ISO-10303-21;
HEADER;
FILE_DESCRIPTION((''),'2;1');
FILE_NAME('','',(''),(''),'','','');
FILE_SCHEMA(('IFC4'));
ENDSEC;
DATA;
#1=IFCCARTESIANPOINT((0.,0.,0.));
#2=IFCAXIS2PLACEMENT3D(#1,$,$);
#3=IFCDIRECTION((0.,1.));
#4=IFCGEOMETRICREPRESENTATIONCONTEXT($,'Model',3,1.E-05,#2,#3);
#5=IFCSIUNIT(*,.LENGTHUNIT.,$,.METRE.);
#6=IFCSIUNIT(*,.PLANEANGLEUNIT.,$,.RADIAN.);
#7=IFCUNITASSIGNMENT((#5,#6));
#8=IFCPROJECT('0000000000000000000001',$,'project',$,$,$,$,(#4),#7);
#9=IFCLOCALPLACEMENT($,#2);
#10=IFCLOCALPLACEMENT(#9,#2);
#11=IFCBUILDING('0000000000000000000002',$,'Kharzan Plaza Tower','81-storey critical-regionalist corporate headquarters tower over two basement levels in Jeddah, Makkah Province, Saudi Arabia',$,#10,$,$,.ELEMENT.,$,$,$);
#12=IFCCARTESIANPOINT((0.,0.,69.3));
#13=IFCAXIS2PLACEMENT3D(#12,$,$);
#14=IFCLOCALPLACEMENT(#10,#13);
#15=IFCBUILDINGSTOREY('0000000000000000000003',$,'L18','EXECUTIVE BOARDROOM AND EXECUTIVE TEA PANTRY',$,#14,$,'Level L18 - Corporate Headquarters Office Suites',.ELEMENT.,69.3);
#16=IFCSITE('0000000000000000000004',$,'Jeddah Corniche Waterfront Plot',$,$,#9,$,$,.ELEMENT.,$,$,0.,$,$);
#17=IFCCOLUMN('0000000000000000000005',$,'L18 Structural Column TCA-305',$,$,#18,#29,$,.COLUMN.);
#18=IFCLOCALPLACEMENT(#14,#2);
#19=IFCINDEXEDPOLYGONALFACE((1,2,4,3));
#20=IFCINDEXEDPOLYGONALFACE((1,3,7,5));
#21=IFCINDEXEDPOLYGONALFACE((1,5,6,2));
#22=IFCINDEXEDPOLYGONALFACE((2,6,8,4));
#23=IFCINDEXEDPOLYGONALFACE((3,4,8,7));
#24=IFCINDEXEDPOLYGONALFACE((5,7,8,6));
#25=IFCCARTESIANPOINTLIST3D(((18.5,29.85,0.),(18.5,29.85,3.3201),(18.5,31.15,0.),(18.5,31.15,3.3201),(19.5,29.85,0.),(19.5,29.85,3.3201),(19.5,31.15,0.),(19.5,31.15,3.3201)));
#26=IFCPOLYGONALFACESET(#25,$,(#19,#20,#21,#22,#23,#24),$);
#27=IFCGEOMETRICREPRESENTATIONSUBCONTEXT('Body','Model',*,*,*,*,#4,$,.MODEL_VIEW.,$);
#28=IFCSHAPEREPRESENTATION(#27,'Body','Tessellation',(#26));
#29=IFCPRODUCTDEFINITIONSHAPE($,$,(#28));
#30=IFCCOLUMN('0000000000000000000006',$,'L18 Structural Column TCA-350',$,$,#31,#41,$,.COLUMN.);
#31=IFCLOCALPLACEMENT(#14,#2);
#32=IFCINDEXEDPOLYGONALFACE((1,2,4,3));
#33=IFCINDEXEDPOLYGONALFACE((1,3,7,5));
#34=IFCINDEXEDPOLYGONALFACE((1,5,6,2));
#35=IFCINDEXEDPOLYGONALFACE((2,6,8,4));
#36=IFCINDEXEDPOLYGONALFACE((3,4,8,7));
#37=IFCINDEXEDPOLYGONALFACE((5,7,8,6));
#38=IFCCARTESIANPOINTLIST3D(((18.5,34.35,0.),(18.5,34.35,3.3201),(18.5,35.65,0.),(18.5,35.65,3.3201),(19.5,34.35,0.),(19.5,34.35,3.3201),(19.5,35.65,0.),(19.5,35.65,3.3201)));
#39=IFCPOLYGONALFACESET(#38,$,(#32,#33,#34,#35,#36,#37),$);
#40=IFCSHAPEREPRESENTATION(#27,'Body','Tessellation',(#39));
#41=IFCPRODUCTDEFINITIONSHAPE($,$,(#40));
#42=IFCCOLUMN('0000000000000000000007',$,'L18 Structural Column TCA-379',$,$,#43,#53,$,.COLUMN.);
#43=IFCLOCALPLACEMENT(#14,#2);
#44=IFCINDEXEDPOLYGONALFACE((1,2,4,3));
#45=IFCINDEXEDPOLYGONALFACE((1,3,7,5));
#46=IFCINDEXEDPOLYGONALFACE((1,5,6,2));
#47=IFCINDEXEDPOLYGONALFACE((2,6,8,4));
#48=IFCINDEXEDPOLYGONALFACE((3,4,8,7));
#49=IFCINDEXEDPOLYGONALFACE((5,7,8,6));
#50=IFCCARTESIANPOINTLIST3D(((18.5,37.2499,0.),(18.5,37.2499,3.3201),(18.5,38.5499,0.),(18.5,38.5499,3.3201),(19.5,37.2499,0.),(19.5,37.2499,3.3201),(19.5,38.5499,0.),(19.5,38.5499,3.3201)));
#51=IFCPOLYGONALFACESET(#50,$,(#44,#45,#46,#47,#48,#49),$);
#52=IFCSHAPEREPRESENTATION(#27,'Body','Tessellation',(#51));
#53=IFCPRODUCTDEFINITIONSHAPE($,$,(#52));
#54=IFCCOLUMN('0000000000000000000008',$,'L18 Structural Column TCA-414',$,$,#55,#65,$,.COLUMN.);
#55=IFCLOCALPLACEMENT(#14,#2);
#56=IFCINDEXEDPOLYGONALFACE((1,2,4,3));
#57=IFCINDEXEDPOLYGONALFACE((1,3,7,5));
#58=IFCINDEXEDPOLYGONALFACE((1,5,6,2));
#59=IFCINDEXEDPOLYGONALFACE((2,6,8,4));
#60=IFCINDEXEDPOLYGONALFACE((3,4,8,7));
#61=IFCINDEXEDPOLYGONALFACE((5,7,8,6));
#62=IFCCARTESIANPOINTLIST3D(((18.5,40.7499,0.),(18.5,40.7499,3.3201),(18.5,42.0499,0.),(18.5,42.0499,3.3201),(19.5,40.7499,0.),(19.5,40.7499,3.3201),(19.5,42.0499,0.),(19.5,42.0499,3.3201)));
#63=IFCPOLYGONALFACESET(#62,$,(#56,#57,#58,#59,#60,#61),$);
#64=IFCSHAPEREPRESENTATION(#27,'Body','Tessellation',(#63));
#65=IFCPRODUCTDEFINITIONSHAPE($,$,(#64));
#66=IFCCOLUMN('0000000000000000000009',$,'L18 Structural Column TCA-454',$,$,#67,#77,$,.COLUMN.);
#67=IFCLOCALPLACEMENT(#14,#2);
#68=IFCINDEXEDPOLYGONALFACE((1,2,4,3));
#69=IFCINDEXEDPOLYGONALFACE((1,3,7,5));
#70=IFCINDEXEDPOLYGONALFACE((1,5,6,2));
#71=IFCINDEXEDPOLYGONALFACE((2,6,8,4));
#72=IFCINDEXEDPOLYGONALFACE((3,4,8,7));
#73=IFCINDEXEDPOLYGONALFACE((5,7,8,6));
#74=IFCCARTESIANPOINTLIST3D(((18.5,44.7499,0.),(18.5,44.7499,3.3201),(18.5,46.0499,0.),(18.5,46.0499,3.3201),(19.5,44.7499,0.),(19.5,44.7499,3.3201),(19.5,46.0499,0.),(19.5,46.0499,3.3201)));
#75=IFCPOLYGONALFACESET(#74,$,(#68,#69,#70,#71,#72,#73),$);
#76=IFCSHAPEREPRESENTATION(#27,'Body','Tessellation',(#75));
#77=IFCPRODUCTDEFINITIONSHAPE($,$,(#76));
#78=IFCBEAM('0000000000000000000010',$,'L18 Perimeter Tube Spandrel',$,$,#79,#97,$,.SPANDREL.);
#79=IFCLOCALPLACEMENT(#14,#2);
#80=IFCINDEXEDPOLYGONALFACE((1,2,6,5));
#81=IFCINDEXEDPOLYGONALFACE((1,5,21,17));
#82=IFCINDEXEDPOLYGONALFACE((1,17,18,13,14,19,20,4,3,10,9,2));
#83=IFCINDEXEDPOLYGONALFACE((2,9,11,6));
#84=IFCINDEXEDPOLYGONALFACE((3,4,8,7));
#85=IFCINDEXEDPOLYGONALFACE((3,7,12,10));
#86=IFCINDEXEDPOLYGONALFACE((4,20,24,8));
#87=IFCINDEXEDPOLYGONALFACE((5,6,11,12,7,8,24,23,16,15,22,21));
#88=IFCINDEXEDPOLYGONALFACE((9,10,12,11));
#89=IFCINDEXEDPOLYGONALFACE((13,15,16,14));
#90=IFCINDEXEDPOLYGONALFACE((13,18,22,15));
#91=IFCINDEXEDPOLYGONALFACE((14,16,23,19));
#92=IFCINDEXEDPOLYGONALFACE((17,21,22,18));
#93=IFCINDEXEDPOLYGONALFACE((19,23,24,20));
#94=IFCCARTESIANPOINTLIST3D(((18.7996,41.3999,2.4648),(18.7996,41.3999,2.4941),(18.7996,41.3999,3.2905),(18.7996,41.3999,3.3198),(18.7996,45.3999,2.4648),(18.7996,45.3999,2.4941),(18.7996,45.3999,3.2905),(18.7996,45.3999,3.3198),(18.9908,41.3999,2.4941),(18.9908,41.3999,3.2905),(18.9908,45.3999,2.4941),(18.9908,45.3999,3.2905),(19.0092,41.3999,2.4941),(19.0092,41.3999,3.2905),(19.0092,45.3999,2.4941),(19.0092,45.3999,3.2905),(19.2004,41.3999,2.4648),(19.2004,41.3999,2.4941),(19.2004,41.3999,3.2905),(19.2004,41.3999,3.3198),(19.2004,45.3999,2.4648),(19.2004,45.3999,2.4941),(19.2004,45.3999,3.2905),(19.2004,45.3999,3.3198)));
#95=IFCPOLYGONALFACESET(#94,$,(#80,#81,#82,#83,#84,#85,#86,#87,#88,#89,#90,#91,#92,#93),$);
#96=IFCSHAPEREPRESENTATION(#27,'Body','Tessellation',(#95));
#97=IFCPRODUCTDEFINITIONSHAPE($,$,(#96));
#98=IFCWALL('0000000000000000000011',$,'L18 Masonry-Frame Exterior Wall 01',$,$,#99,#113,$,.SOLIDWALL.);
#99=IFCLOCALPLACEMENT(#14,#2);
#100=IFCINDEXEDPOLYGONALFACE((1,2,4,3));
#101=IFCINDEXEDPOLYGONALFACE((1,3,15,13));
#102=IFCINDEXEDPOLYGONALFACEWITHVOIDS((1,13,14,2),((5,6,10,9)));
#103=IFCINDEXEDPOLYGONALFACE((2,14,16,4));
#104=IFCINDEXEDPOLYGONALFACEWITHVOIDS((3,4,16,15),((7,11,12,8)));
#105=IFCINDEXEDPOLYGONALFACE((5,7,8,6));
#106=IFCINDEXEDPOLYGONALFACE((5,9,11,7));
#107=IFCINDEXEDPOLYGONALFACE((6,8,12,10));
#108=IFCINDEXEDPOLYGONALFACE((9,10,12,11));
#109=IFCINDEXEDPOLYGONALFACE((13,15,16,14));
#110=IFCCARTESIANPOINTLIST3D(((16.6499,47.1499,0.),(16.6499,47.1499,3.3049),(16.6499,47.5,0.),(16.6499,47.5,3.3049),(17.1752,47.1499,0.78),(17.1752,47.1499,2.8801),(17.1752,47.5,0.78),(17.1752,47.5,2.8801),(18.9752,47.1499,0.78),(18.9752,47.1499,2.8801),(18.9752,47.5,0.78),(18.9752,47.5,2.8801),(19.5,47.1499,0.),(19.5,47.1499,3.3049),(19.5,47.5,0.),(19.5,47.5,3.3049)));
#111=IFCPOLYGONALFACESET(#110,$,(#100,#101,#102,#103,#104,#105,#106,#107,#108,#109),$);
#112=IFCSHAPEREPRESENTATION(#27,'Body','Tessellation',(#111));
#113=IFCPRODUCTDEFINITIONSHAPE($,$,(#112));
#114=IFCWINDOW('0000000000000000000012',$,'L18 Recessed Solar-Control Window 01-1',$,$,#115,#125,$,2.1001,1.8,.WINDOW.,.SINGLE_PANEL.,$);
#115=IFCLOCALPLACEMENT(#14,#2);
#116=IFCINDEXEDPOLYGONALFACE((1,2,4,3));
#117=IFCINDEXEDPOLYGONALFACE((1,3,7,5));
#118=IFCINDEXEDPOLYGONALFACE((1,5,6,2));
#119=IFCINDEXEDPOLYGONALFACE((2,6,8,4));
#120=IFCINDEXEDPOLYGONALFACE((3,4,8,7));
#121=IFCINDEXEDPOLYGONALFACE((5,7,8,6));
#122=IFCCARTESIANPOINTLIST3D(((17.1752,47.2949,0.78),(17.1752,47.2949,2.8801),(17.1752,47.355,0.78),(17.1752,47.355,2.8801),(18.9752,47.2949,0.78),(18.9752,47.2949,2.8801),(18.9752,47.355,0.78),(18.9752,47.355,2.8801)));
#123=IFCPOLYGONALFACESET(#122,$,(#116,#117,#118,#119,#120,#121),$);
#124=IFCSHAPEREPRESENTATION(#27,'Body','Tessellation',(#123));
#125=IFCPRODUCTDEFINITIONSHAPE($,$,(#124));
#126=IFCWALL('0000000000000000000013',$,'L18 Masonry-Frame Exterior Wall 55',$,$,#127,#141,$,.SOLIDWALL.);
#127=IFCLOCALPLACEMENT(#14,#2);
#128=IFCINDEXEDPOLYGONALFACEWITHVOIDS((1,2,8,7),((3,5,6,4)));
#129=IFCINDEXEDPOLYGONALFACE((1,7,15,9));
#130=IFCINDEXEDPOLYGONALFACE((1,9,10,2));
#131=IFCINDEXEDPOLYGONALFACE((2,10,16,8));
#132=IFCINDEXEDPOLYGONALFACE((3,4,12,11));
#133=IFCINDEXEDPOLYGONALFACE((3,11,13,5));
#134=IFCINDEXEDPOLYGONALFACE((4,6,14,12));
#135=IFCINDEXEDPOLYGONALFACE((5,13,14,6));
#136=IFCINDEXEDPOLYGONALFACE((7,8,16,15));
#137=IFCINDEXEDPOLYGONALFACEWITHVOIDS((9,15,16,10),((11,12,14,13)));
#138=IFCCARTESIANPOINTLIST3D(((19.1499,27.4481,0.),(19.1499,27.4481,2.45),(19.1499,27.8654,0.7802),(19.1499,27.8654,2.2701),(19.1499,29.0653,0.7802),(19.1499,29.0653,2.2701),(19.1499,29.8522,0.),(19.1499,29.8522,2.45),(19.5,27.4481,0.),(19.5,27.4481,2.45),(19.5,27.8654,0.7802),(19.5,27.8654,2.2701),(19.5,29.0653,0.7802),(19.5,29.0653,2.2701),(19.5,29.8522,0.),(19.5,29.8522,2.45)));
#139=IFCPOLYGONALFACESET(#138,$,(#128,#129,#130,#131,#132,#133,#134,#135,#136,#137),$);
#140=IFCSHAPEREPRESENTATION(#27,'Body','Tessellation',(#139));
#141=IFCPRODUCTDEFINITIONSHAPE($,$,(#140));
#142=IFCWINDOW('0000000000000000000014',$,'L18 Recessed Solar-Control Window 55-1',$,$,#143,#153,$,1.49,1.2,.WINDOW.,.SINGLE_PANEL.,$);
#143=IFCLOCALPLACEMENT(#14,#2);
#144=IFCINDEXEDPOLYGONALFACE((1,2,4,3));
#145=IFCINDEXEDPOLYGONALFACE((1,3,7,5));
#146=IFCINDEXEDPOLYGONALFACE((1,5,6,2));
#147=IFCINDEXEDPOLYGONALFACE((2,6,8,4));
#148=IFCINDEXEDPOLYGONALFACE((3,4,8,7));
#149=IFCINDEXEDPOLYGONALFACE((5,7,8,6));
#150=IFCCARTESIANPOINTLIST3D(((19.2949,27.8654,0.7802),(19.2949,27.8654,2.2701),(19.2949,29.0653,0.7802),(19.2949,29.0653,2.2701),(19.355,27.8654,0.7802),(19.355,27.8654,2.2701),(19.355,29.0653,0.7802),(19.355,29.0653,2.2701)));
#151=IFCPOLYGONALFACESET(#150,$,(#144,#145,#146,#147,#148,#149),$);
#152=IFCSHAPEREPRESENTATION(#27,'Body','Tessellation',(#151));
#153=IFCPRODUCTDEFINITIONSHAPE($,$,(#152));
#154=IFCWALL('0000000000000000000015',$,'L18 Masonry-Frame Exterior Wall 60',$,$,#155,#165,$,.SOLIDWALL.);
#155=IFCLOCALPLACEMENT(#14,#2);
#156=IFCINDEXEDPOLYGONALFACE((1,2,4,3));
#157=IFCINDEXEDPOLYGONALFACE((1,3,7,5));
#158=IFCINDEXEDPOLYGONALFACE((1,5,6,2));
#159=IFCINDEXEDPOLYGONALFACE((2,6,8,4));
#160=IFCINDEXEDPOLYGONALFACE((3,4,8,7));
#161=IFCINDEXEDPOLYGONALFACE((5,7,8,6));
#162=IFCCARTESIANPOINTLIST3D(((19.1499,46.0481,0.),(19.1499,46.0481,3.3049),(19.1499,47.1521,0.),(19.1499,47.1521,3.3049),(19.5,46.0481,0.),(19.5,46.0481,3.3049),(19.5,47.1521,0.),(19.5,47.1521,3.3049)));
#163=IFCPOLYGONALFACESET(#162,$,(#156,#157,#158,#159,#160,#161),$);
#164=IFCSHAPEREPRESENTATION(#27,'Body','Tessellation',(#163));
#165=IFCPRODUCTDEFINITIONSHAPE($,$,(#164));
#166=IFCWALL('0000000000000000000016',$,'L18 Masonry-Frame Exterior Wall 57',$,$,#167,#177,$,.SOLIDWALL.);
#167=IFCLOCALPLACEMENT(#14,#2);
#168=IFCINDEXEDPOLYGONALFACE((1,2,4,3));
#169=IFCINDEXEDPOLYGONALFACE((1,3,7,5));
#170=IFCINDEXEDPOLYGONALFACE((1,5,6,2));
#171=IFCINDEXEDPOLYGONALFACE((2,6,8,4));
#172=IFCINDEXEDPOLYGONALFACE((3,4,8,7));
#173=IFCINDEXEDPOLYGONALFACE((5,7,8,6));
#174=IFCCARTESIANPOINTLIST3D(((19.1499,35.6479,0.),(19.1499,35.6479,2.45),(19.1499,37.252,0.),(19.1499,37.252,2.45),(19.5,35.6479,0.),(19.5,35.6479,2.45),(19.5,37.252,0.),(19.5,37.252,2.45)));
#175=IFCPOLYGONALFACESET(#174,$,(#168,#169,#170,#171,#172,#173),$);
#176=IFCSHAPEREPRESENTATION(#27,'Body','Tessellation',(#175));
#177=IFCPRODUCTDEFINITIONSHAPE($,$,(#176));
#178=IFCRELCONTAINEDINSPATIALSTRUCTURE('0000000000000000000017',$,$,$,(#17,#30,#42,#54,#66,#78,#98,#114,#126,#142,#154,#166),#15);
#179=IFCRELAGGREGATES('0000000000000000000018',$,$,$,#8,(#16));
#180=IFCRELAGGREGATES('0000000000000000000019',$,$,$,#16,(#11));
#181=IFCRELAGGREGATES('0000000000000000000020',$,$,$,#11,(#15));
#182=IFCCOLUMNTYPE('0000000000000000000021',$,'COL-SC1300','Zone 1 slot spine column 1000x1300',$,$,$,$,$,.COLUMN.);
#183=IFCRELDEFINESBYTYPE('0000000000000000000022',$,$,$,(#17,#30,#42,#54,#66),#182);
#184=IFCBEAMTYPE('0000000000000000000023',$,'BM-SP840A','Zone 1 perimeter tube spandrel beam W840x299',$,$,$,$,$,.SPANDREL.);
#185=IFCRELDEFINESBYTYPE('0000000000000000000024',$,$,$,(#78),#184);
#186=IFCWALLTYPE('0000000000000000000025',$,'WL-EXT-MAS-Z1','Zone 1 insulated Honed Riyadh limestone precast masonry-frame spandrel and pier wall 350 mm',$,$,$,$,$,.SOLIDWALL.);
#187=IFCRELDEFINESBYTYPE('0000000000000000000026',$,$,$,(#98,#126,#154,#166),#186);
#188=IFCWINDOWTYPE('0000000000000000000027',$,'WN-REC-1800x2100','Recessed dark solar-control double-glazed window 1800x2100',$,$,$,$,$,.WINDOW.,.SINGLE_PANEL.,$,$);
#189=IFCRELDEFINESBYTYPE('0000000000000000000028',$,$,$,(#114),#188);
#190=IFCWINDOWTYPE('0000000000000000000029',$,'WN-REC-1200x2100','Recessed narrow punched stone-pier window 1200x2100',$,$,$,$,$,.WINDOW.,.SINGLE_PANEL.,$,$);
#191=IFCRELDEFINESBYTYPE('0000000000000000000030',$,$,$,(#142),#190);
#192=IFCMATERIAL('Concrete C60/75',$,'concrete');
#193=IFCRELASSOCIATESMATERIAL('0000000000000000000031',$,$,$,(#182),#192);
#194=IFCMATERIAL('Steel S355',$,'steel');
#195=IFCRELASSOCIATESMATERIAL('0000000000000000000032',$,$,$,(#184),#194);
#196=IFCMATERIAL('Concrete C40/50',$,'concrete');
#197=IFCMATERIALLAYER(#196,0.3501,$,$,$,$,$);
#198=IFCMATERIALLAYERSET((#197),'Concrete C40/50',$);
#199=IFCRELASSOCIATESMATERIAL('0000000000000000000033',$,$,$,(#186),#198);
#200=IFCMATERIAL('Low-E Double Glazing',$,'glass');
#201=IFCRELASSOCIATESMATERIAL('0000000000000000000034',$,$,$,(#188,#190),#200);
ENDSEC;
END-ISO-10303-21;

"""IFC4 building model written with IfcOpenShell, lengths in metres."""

from ifc_helpers import new_model, si_unit, direction, frame, frame_2d, origin, origin_2d, place, context, subcontext, project, spatial, rectangle, i_section, extrude, source, transform, mapped, material, layer, layer_set, material_profile, profile_set, type_object, element, fill, save


model = new_model("IFC4")

# Units and contexts
model_context = context("Model", 3, precision=1e-05, world=origin(), true_north=direction((0.0, 1.0)))
body_context = subcontext(model_context, "Body", "Model", "MODEL_VIEW")
ifc_project = project(units=[si_unit("LENGTHUNIT", "METRE"), si_unit("PLANEANGLEUNIT", "RADIAN")], contexts=[model_context])

# Site, building, storey
site_placement = place(None, origin())
site = spatial("IfcSite", under=ifc_project, at=site_placement, Name="Jeddah Corniche Waterfront Plot", CompositionType="ELEMENT", RefElevation=0.0)
building_placement = place(site_placement, origin())
building = spatial("IfcBuilding", under=site, at=building_placement, Name="Kharzan Plaza Tower", Description="81-storey critical-regionalist corporate headquarters tower over two basement levels in Jeddah, Makkah Province, Saudi Arabia", CompositionType="ELEMENT")
storey_placement = place(building_placement, frame((0.0, 0.0, 69.3)))
storey = spatial("IfcBuildingStorey", under=building, at=storey_placement, Name="L18", Description="EXECUTIVE BOARDROOM AND EXECUTIVE TEA PANTRY", LongName="Level L18 - Corporate Headquarters Office Suites", CompositionType="ELEMENT", Elevation=69.3)

# Columns
ifc_material_1 = material(Name="Concrete C60/75", Category="concrete")
ifc_material_profile_1 = material_profile(ifc_material_1, rectangle(XDim=1.0, YDim=1.3, at=origin_2d()), Name="RC-SC1300x1000")
ifc_profile_set_1 = profile_set([ifc_material_profile_1], Name="Concrete C60/75")
column_type = type_object("IfcColumnType", Name="COL-SC1300", Description="Zone 1 slot spine column 1000x1300", PredefinedType="COLUMN", material=ifc_profile_set_1)
shared_shape_1 = source(origin(), body_context, "Body", "SweptSolid", [
    extrude(rectangle(XDim=1.0, YDim=1.3, at=origin_2d()), origin(), (0.0, 0.0, 1.0), 3.3201),
])
for number, where, z_axis, x_axis, name in (
    (1, (19.0, 30.5, 0.0), (0.0, 0.0, 1.0), (1.0, 0.0, 0.0), "L18 Structural Column TCA-305"),
    (2, (19.0, 35.0, 0.0), (0.0, 0.0, 1.0), (1.0, 0.0, 0.0), "L18 Structural Column TCA-350"),
    (3, (19.0, 37.8999, 0.0), (0.0, 0.0, 1.0), (1.0, 0.0, 0.0), "L18 Structural Column TCA-379"),
    (4, (19.0, 41.3999, 0.0), (0.0, 0.0, 1.0), (1.0, 0.0, 0.0), "L18 Structural Column TCA-414"),
    (5, (19.0, 45.3999, 0.0), (0.0, 0.0, 1.0), (1.0, 0.0, 0.0), "L18 Structural Column TCA-454"),
):
    element("IfcColumn", number, at=place(storey_placement, frame(where, z_axis=z_axis, x_axis=x_axis)), inside=storey, type_object=column_type, Name=name, PredefinedType="COLUMN", context=body_context, shape_type="MappedRepresentation", body=[
        mapped(shared_shape_1, transform((0.0, 0.0, 0.0), x_axis=(1.0, 0.0, 0.0), y_axis=(0.0, 1.0, 0.0), z_axis=(0.0, 0.0, 1.0))),
    ])

# Beam
ifc_material_2 = material(Name="Steel S355", Category="steel")
ifc_material_profile_2 = material_profile(ifc_material_2, i_section(OverallWidth=0.4009, OverallDepth=0.855, WebThickness=0.0183, FlangeThickness=0.0293, at=origin_2d()), Name="W840x299")
ifc_profile_set_2 = profile_set([ifc_material_profile_2], Name="Steel S355")
beam_type = type_object("IfcBeamType", Name="BM-SP840A", Description="Zone 1 perimeter tube spandrel beam W840x299", PredefinedType="SPANDREL", material=ifc_profile_set_2)
shared_shape_2 = source(origin(), body_context, "Body", "SweptSolid", [
    extrude(i_section(OverallWidth=0.4009, OverallDepth=0.855, WebThickness=0.0183, FlangeThickness=0.0293, at=origin_2d()), origin(), (0.0, 0.0, 1.0), 4.0),
])
beam_placement = place(storey_placement, frame((19.0, 41.3999, 2.8923), z_axis=(0.0, 1.0, 0.0), x_axis=(-1.0, 0.0, 0.0)))
element("IfcBeam", 6, at=beam_placement, inside=storey, type_object=beam_type, Name="L18 Perimeter Tube Spandrel", PredefinedType="SPANDREL", context=body_context, shape_type="MappedRepresentation", body=[
    mapped(shared_shape_2, transform((0.0, 0.0, 0.0), x_axis=(1.0, 0.0, 0.0), y_axis=(0.0, 1.0, 0.0), z_axis=(0.0, 0.0, 1.0))),
])

# Walls, openings, windows
ifc_material_3 = material(Name="Concrete C40/50", Category="concrete")
ifc_layer_1 = layer(ifc_material_3, 0.3501)
ifc_layer_set_1 = layer_set([ifc_layer_1], Name="Concrete C40/50")
wall_type = type_object("IfcWallType", Name="WL-EXT-MAS-Z1", Description="Zone 1 insulated Honed Riyadh limestone precast masonry-frame spandrel and pier wall 350 mm", PredefinedType="SOLIDWALL", material=ifc_layer_set_1)
wall_1_placement = place(storey_placement, frame((19.5, 47.325, 0.0), z_axis=(0.0, 0.0, 1.0), x_axis=(-1.0, 0.0, 0.0)))
wall_1 = element("IfcWall", 7, at=wall_1_placement, inside=storey, type_object=wall_type, Name="L18 Masonry-Frame Exterior Wall 01", PredefinedType="SOLIDWALL", context=body_context, shape_type="SweptSolid", body=[
    extrude(rectangle(XDim=2.8501, YDim=0.3501, at=frame_2d((1.425, 0.0))), origin(), (0.0, 0.0, 1.0), 3.3049),
])
opening_1_placement = place(wall_1_placement, frame((0.5249, 0.0, 0.78)))
opening_1 = element("IfcOpeningElement", 8, at=opening_1_placement, cuts=wall_1, PredefinedType="OPENING", context=body_context, shape_type="SweptSolid", body=[
    extrude(rectangle(XDim=1.8, YDim=2.1001, at=frame_2d((0.8999, 1.05))), frame((0.0, 0.1851, 0.0), z_axis=(0.0, -1.0, 0.0), x_axis=(1.0, 0.0, 0.0)), (0.0, 0.0, 1.0), 0.3701),
])
ifc_material_4 = material(Name="Low-E Double Glazing", Category="glass")
window_type_1 = type_object("IfcWindowType", Name="WN-REC-1800x2100", Description="Recessed dark solar-control double-glazed window 1800x2100", PartitioningType="SINGLE_PANEL", PredefinedType="WINDOW", material=ifc_material_4)
shared_shape_3 = source(origin(), body_context, "Body", "SweptSolid", [
    extrude(rectangle(XDim=1.8, YDim=2.1001, at=frame_2d((0.8999, 1.05))), frame((0.0, 0.03, 0.0), z_axis=(0.0, -1.0, 0.0), x_axis=(1.0, 0.0, 0.0)), (0.0, 0.0, 1.0), 0.0601),
])
window_1_placement = place(opening_1_placement, origin())
window_1 = element("IfcWindow", 9, at=window_1_placement, inside=storey, type_object=window_type_1, Name="L18 Recessed Solar-Control Window 01-1", OverallHeight=2.1001, OverallWidth=1.8, PartitioningType="SINGLE_PANEL", PredefinedType="WINDOW", context=body_context, shape_type="MappedRepresentation", body=[
    mapped(shared_shape_3, transform((0.0, 0.0, 0.0), x_axis=(1.0, 0.0, 0.0), y_axis=(0.0, 1.0, 0.0), z_axis=(0.0, 0.0, 1.0))),
])
fill(opening_1, window_1)
wall_2_placement = place(storey_placement, frame((19.325, 27.448, 0.0), z_axis=(0.0, 0.0, 1.0), x_axis=(0.0, 1.0, 0.0)))
wall_2 = element("IfcWall", 10, at=wall_2_placement, inside=storey, type_object=wall_type, Name="L18 Masonry-Frame Exterior Wall 55", PredefinedType="SOLIDWALL", context=body_context, shape_type="SweptSolid", body=[
    extrude(rectangle(XDim=2.4041, YDim=0.3501, at=frame_2d((1.2021, 0.0))), origin(), (0.0, 0.0, 1.0), 2.45),
])
opening_2_placement = place(wall_2_placement, frame((0.4172, 0.0, 0.78)))
opening_2 = element("IfcOpeningElement", 11, at=opening_2_placement, cuts=wall_2, PredefinedType="OPENING", context=body_context, shape_type="SweptSolid", body=[
    extrude(rectangle(XDim=1.2, YDim=1.49, at=frame_2d((0.6001, 0.7451))), frame((0.0, 0.1851, 0.0), z_axis=(0.0, -1.0, 0.0), x_axis=(1.0, 0.0, 0.0)), (0.0, 0.0, 1.0), 0.3701),
])
window_type_2 = type_object("IfcWindowType", Name="WN-REC-1200x2100", Description="Recessed narrow punched stone-pier window 1200x2100", PartitioningType="SINGLE_PANEL", PredefinedType="WINDOW", material=ifc_material_4)
shared_shape_4 = source(origin(), body_context, "Body", "SweptSolid", [
    extrude(rectangle(XDim=1.2, YDim=1.49, at=frame_2d((0.6001, 0.7451))), frame((0.0, 0.03, 0.0), z_axis=(0.0, -1.0, 0.0), x_axis=(1.0, 0.0, 0.0)), (0.0, 0.0, 1.0), 0.0601),
])
window_2_placement = place(opening_2_placement, origin())
window_2 = element("IfcWindow", 12, at=window_2_placement, inside=storey, type_object=window_type_2, Name="L18 Recessed Solar-Control Window 55-1", OverallHeight=1.49, OverallWidth=1.2, PartitioningType="SINGLE_PANEL", PredefinedType="WINDOW", context=body_context, shape_type="MappedRepresentation", body=[
    mapped(shared_shape_4, transform((0.0, 0.0, 0.0), x_axis=(1.0, 0.0, 0.0), y_axis=(0.0, 1.0, 0.0), z_axis=(0.0, 0.0, 1.0))),
])
fill(opening_2, window_2)

# Walls
shared_shape_5 = source(origin(), body_context, "Body", "SweptSolid", [
    extrude(rectangle(XDim=1.104, YDim=0.3501, at=frame_2d((0.552, 0.0))), origin(), (0.0, 0.0, 1.0), 3.3049),
])
wall_3_placement = place(storey_placement, frame((19.325, 46.0481, 0.0), z_axis=(0.0, 0.0, 1.0), x_axis=(0.0, 1.0, 0.0)))
element("IfcWall", 13, at=wall_3_placement, inside=storey, type_object=wall_type, Name="L18 Masonry-Frame Exterior Wall 60", PredefinedType="SOLIDWALL", context=body_context, shape_type="MappedRepresentation", body=[
    mapped(shared_shape_5, transform((0.0, 0.0, 0.0), x_axis=(1.0, 0.0, 0.0), y_axis=(0.0, 1.0, 0.0), z_axis=(0.0, 0.0, 1.0))),
])
shared_shape_6 = source(origin(), body_context, "Body", "SweptSolid", [
    extrude(rectangle(XDim=1.604, YDim=0.3501, at=frame_2d((0.802, 0.0))), origin(), (0.0, 0.0, 1.0), 2.45),
])
wall_4_placement = place(storey_placement, frame((19.325, 35.6479, 0.0), z_axis=(0.0, 0.0, 1.0), x_axis=(0.0, 1.0, 0.0)))
element("IfcWall", 14, at=wall_4_placement, inside=storey, type_object=wall_type, Name="L18 Masonry-Frame Exterior Wall 57", PredefinedType="SOLIDWALL", context=body_context, shape_type="MappedRepresentation", body=[
    mapped(shared_shape_6, transform((0.0, 0.0, 0.0), x_axis=(1.0, 0.0, 0.0), y_axis=(0.0, 1.0, 0.0), z_axis=(0.0, 0.0, 1.0))),
])

save(model, "model.ifc")
